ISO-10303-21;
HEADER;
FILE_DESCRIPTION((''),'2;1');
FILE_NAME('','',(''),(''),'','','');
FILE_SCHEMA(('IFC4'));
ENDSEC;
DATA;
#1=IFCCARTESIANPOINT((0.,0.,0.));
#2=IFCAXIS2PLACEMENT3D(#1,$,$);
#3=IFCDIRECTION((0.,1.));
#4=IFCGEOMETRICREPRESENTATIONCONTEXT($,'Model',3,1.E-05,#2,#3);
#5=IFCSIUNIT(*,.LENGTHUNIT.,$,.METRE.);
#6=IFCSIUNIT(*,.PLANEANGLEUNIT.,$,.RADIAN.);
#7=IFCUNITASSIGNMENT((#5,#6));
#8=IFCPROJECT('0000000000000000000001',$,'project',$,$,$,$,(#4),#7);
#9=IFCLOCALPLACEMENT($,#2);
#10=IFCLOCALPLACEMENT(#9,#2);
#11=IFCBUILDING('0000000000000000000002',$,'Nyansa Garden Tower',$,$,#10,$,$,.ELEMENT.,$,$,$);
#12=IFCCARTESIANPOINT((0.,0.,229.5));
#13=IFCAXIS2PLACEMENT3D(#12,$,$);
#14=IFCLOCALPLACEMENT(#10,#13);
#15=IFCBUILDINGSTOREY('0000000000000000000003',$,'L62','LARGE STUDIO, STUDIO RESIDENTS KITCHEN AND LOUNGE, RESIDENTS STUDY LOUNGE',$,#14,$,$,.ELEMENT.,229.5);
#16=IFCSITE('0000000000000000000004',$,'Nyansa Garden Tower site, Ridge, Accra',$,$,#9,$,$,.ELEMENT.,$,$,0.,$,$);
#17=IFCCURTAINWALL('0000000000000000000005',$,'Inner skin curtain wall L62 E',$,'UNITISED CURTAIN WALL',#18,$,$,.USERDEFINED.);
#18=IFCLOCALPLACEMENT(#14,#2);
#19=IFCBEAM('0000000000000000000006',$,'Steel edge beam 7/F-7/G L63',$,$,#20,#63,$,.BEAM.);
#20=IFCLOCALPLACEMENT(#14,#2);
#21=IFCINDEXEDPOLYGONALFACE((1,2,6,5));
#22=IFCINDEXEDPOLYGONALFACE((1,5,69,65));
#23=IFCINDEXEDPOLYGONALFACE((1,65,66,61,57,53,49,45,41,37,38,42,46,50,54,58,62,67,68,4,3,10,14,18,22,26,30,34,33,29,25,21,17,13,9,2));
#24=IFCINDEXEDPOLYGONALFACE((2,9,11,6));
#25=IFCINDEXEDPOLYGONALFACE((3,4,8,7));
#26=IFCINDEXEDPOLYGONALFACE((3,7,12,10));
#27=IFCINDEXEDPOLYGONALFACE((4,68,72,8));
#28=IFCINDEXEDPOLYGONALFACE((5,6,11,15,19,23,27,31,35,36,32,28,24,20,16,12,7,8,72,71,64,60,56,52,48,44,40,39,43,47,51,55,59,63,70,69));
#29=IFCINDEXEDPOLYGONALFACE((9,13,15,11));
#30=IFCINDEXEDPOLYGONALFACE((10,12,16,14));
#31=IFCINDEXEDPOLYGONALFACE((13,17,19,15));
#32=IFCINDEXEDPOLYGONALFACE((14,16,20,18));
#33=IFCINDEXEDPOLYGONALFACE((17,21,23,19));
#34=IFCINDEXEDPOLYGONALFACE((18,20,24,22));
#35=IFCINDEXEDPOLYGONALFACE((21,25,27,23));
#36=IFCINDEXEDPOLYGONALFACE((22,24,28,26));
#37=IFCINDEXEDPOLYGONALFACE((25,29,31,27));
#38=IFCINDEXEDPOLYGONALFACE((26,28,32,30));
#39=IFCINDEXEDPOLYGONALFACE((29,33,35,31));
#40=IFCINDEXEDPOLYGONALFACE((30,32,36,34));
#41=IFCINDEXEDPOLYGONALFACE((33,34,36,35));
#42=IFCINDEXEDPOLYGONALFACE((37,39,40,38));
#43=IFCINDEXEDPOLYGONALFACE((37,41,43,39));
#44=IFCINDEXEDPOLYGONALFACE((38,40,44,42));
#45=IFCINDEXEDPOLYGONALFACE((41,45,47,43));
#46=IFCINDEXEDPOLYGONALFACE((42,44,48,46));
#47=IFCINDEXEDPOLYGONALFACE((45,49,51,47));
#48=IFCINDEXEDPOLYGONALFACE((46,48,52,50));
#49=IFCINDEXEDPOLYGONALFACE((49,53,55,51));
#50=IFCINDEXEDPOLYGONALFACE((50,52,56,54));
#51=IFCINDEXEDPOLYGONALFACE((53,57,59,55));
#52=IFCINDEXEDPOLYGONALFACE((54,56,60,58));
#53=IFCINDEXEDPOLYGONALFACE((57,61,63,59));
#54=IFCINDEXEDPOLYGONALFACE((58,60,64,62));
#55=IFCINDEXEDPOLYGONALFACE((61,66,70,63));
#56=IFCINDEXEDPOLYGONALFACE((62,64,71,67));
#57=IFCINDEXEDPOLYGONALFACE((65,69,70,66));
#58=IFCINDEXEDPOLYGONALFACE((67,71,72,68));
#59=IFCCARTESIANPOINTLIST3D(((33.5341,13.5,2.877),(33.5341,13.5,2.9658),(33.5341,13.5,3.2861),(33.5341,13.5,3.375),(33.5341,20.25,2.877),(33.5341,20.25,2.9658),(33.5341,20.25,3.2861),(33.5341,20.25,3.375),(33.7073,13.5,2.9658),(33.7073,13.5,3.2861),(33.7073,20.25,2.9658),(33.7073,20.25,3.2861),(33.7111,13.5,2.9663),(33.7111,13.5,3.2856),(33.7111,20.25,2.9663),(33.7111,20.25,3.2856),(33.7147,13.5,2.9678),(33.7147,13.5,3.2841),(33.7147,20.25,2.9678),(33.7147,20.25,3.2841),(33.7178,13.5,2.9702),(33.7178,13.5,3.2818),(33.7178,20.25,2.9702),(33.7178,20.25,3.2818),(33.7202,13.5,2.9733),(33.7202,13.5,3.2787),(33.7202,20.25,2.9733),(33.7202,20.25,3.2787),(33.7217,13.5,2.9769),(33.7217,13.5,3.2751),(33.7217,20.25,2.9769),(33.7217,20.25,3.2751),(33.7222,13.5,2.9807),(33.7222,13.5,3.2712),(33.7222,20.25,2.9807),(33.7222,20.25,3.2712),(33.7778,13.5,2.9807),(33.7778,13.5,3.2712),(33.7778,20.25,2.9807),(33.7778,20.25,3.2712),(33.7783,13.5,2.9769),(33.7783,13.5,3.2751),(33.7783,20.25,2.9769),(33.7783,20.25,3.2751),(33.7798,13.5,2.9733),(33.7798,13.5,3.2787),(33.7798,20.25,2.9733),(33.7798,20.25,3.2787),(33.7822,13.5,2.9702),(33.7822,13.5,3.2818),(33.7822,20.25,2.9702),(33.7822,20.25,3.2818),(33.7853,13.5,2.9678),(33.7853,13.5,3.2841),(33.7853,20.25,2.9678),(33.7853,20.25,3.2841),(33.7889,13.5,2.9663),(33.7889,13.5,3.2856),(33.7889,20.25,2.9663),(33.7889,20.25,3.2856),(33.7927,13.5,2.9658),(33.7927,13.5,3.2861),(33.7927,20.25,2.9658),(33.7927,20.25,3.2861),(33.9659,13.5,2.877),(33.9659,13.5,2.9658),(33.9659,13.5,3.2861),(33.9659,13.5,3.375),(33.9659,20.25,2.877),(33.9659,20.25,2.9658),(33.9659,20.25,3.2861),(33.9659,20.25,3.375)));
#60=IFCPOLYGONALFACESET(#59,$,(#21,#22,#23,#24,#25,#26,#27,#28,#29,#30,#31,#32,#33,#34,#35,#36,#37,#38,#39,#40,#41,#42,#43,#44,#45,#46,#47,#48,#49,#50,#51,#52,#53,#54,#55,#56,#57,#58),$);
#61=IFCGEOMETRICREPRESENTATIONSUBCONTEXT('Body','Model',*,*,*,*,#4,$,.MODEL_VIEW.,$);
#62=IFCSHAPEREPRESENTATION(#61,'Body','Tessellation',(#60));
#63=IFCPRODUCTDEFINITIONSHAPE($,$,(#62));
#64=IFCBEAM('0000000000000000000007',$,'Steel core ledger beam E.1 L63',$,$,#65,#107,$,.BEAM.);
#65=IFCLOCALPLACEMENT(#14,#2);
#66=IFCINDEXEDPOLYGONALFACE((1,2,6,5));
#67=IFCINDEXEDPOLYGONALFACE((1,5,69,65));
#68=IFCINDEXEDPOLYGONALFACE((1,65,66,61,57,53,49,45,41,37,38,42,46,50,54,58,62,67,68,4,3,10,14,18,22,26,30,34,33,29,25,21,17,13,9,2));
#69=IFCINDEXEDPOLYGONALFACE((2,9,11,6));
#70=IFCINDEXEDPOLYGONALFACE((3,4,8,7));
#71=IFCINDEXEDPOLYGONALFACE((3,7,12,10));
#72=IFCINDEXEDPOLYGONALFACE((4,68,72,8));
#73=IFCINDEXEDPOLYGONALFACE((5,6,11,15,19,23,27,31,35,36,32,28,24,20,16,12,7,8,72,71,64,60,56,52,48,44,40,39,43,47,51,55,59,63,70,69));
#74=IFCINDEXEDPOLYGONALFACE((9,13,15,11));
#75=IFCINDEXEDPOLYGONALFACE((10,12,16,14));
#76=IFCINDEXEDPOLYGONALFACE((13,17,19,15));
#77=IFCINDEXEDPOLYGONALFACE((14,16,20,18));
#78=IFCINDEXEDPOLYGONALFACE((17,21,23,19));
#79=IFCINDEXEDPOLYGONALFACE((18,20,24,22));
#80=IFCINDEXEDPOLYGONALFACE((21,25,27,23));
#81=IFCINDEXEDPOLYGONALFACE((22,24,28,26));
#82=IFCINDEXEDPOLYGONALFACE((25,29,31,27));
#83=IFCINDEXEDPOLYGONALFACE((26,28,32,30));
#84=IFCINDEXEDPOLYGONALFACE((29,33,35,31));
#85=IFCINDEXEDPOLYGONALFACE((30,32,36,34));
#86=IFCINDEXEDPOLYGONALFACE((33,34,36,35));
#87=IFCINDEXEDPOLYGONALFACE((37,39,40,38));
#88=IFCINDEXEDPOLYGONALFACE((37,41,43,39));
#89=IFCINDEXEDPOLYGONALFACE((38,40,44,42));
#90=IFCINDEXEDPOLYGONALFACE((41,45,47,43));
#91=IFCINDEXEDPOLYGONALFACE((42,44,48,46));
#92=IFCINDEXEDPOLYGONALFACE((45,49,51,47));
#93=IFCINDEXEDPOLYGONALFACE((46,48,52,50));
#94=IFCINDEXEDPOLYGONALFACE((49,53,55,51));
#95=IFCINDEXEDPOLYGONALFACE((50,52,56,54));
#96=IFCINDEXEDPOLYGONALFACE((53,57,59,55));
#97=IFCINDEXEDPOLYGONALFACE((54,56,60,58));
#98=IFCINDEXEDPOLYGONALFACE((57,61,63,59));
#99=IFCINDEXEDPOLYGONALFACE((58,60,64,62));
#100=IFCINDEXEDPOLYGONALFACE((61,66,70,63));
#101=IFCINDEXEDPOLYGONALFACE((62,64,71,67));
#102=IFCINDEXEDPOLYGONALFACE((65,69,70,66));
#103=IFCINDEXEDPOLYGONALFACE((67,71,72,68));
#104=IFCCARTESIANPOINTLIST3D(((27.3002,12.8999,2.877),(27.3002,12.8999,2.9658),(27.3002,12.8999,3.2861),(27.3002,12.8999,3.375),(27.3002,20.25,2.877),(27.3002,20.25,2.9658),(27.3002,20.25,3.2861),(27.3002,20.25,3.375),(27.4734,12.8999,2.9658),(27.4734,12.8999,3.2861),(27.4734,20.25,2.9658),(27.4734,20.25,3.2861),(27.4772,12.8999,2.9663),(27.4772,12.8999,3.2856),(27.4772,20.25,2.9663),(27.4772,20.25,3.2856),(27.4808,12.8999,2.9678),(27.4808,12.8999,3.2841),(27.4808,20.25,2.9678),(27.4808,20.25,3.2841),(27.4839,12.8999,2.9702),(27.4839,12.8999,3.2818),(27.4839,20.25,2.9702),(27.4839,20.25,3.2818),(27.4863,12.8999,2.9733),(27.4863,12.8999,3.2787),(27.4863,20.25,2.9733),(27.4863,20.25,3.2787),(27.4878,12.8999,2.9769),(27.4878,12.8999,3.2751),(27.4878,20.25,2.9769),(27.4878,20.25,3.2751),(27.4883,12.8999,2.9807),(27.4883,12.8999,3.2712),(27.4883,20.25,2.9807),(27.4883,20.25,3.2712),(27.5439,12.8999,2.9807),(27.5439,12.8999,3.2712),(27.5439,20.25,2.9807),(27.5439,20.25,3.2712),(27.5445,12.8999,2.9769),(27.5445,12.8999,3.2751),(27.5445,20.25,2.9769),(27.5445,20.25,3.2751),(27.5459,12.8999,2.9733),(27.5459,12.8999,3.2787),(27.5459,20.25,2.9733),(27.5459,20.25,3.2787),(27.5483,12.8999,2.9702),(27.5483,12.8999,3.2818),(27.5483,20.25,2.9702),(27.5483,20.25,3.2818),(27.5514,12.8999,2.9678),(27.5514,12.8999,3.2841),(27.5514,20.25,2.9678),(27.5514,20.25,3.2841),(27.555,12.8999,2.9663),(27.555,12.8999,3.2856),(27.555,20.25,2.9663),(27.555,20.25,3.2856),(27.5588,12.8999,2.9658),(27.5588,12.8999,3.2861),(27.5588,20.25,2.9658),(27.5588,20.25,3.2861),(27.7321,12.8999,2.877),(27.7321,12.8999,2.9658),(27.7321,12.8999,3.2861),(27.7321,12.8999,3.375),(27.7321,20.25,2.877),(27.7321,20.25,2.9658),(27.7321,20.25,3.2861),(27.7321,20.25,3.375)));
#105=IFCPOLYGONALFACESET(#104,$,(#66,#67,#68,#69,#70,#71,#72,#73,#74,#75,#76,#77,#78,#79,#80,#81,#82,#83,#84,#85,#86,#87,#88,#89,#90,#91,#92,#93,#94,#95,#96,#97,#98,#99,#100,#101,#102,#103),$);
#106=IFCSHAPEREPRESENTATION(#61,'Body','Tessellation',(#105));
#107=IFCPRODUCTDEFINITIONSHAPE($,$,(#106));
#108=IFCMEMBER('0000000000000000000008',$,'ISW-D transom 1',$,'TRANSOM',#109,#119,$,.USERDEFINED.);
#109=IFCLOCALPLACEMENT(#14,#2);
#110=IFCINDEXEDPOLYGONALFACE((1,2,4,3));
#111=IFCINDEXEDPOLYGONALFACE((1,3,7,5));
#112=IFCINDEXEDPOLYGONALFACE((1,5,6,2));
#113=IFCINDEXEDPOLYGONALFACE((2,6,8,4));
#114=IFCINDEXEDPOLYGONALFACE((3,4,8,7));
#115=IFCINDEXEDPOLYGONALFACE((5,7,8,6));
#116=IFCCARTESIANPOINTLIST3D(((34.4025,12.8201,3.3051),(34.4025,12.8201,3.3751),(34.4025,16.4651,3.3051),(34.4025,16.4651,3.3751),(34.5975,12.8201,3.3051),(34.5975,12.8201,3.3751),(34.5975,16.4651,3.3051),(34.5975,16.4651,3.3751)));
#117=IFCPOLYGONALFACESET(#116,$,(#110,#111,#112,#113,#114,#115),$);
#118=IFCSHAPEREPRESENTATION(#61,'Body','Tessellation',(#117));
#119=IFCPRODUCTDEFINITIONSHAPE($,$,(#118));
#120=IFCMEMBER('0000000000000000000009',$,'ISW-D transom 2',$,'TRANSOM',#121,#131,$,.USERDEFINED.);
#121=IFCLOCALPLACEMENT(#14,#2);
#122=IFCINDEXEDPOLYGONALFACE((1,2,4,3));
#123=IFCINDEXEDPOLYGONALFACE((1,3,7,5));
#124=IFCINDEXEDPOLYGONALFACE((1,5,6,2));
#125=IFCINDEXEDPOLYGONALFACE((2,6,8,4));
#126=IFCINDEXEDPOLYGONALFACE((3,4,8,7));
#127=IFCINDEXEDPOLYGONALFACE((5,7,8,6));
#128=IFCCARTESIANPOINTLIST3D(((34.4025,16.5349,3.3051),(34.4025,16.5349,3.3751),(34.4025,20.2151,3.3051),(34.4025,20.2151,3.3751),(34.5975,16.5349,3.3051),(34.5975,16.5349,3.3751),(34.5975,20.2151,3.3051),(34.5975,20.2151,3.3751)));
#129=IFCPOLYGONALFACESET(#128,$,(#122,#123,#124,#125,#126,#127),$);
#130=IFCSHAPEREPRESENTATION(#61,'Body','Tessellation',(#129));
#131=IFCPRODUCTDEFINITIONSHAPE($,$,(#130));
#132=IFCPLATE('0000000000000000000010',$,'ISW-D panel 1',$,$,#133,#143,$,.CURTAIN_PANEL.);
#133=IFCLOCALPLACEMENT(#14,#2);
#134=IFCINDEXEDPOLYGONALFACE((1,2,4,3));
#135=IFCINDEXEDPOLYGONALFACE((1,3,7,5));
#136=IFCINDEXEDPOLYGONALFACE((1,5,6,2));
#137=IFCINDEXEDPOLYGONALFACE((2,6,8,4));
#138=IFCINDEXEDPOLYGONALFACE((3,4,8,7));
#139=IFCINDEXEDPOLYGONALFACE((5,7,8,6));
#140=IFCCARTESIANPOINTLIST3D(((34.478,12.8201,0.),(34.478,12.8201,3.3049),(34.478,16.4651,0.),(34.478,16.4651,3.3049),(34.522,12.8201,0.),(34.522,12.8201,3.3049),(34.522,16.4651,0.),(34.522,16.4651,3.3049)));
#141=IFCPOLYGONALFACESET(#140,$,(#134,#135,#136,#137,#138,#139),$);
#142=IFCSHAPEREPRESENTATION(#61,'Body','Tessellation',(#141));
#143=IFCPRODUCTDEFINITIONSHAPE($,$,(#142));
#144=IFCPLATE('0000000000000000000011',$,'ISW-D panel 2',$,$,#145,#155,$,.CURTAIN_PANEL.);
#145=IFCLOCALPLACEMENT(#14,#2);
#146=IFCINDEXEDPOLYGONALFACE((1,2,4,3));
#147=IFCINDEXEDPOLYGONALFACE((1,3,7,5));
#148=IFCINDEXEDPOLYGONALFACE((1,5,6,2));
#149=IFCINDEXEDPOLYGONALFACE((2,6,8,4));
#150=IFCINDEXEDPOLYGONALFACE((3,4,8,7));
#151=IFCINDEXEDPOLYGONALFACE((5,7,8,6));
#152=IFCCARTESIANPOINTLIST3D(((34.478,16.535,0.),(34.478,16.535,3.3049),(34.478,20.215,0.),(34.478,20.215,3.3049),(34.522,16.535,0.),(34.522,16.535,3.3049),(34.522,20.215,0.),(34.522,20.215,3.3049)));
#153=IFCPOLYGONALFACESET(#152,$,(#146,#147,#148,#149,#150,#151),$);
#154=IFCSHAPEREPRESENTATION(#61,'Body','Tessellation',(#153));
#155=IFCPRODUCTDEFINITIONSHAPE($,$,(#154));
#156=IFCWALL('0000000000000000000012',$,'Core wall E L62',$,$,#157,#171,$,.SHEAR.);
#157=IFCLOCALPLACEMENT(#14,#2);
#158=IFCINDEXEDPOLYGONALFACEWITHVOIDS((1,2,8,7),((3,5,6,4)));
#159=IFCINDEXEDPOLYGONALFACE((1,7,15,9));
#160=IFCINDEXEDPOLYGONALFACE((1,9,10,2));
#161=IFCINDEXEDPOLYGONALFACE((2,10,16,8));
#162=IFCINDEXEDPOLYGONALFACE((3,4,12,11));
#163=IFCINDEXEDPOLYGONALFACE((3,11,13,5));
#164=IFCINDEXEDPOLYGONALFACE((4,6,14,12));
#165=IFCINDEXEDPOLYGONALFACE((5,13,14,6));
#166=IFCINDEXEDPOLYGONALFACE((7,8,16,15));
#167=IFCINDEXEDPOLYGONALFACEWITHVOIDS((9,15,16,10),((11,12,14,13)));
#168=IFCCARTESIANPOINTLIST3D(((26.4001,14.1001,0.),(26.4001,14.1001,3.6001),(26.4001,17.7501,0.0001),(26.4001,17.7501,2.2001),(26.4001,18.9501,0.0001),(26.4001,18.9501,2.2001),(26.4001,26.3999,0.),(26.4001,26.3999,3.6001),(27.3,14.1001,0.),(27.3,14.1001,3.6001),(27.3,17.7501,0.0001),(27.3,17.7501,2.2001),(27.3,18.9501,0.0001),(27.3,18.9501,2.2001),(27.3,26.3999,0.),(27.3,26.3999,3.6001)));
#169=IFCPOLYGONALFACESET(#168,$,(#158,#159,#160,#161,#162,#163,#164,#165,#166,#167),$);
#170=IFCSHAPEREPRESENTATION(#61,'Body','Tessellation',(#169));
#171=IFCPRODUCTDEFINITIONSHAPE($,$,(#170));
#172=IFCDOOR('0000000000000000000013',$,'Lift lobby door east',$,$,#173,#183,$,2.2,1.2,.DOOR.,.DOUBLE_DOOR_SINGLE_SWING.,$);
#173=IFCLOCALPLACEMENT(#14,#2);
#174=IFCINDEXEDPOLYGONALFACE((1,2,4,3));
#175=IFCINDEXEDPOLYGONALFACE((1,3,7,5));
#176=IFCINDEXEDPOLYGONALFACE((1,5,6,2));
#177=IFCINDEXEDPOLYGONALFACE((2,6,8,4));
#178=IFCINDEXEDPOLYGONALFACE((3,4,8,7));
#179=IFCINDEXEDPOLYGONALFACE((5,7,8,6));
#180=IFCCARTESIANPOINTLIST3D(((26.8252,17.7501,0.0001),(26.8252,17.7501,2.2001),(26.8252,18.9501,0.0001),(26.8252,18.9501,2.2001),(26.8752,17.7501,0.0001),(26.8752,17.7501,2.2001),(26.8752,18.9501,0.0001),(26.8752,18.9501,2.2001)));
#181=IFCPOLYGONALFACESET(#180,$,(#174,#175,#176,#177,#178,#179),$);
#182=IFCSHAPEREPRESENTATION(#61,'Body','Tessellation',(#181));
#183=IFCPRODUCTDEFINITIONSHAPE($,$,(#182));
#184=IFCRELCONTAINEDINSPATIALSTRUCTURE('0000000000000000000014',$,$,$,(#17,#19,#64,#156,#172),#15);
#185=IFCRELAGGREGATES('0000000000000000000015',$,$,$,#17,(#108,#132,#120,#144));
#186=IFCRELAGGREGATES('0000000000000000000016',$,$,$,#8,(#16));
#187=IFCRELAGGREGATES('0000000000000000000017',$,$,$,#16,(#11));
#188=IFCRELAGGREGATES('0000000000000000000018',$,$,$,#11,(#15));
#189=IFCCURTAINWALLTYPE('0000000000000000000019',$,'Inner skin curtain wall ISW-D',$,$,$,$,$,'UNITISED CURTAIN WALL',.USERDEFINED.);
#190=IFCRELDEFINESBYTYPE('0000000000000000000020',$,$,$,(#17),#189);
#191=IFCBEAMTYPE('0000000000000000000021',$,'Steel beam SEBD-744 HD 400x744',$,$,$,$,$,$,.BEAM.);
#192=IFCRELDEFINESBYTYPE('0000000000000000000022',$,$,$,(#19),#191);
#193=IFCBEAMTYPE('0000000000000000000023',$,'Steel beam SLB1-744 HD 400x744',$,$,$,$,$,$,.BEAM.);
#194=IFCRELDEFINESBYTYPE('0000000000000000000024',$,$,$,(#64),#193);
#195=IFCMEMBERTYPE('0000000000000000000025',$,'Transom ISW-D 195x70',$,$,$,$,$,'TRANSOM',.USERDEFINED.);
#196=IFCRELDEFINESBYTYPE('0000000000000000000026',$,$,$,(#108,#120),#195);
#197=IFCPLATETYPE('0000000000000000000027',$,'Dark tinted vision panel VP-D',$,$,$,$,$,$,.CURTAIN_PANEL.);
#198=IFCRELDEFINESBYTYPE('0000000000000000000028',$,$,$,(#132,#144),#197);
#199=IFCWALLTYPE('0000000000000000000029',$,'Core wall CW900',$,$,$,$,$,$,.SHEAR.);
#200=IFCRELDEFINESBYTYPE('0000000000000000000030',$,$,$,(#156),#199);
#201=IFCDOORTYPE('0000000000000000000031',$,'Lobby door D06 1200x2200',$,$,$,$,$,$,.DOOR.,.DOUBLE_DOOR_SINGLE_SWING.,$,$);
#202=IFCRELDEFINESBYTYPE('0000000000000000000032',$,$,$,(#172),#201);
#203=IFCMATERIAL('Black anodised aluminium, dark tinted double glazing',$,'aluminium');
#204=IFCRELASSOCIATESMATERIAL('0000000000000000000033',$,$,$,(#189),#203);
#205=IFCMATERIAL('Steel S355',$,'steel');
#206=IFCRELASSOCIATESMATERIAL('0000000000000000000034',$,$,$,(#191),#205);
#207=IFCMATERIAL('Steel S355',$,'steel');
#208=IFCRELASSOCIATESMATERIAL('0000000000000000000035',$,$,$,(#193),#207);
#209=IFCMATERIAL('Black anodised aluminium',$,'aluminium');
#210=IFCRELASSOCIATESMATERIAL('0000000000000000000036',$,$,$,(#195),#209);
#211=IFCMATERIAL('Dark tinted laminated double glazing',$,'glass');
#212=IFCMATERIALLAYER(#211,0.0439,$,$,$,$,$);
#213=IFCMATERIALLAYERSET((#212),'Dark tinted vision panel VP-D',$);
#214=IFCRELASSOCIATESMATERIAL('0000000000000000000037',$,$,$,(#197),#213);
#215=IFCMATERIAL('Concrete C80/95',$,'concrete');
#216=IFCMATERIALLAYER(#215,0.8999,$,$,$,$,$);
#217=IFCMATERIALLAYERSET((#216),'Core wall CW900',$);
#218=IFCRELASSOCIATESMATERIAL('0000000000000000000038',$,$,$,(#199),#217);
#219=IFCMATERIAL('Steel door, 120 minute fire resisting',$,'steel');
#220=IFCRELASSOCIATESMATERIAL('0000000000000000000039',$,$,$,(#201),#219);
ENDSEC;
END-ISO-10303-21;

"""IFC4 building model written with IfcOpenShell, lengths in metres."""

from ifc_helpers import new_model, si_unit, direction, frame, frame_2d, origin, origin_2d, place, context, subcontext, project, spatial, rectangle, i_section, extrude, material, layer, layer_set, material_profile, profile_set, type_object, element, fill, aggregate, save


model = new_model("IFC4")

# Units and contexts
model_context = context("Model", 3, precision=1e-05, world=origin(), true_north=direction((0.0, 1.0)))
body_context = subcontext(model_context, "Body", "Model", "MODEL_VIEW")
ifc_project = project(units=[si_unit("LENGTHUNIT", "METRE"), si_unit("PLANEANGLEUNIT", "RADIAN")], contexts=[model_context])

# Site, building, storey
site_placement = place(None, origin())
site = spatial("IfcSite", under=ifc_project, at=site_placement, Name="Nyansa Garden Tower site, Ridge, Accra", CompositionType="ELEMENT", RefElevation=0.0)
building_placement = place(site_placement, origin())
building = spatial("IfcBuilding", under=site, at=building_placement, Name="Nyansa Garden Tower", CompositionType="ELEMENT")
storey_placement = place(building_placement, frame((0.0, 0.0, 229.5)))
storey = spatial("IfcBuildingStorey", under=building, at=storey_placement, Name="L62", Description="LARGE STUDIO, STUDIO RESIDENTS KITCHEN AND LOUNGE, RESIDENTS STUDY LOUNGE", CompositionType="ELEMENT", Elevation=229.5)

# Curtain wall
ifc_material_1 = material(Name="Black anodised aluminium, dark tinted double glazing", Category="aluminium")
curtain_wall_type = type_object("IfcCurtainWallType", Name="Inner skin curtain wall ISW-D", ElementType="UNITISED CURTAIN WALL", PredefinedType="USERDEFINED", material=ifc_material_1)
curtain_wall_placement = place(storey_placement, origin())
curtain_wall = element("IfcCurtainWall", 1, at=curtain_wall_placement, inside=storey, type_object=curtain_wall_type, Name="Inner skin curtain wall L62 E", ObjectType="UNITISED CURTAIN WALL", PredefinedType="USERDEFINED")

# Beams
ifc_material_2 = material(Name="Steel S355", Category="steel")
ifc_material_profile_1 = material_profile(ifc_material_2, i_section(OverallWidth=0.4319, OverallDepth=0.498, WebThickness=0.0557, FlangeThickness=0.0889, FilletRadius=0.0149, at=origin_2d()), Name="HD 400x744")
ifc_profile_set_1 = profile_set([ifc_material_profile_1], Name="Steel S355")
beam_type_1 = type_object("IfcBeamType", Name="Steel beam SEBD-744 HD 400x744", PredefinedType="BEAM", material=ifc_profile_set_1)
beam_1_placement = place(storey_placement, frame((33.75, 13.5, 3.126), z_axis=(0.0, 1.0, 0.0), x_axis=(-1.0, 0.0, 0.0)))
element("IfcBeam", 2, at=beam_1_placement, inside=storey, type_object=beam_type_1, Name="Steel edge beam 7/F-7/G L63", PredefinedType="BEAM", context=body_context, shape_type="SweptSolid", body=[
    extrude(i_section(OverallWidth=0.4319, OverallDepth=0.498, WebThickness=0.0557, FlangeThickness=0.0889, FilletRadius=0.0149, at=origin_2d()), origin(), (0.0, 0.0, 1.0), 6.75),
])
ifc_material_3 = material(Name="Steel S355", Category="steel")
ifc_material_profile_2 = material_profile(ifc_material_3, i_section(OverallWidth=0.4319, OverallDepth=0.498, WebThickness=0.0557, FlangeThickness=0.0889, FilletRadius=0.0149, at=origin_2d()), Name="HD 400x744")
ifc_profile_set_2 = profile_set([ifc_material_profile_2], Name="Steel S355")
beam_type_2 = type_object("IfcBeamType", Name="Steel beam SLB1-744 HD 400x744", PredefinedType="BEAM", material=ifc_profile_set_2)
beam_2_placement = place(storey_placement, frame((27.5161, 12.8999, 3.126), z_axis=(0.0, 1.0, 0.0), x_axis=(-1.0, 0.0, 0.0)))
element("IfcBeam", 3, at=beam_2_placement, inside=storey, type_object=beam_type_2, Name="Steel core ledger beam E.1 L63", PredefinedType="BEAM", context=body_context, shape_type="SweptSolid", body=[
    extrude(i_section(OverallWidth=0.4319, OverallDepth=0.498, WebThickness=0.0557, FlangeThickness=0.0889, FilletRadius=0.0149, at=origin_2d()), origin(), (0.0, 0.0, 1.0), 7.3501),
])

# Members
ifc_material_4 = material(Name="Black anodised aluminium", Category="aluminium")
ifc_material_profile_3 = material_profile(ifc_material_4, rectangle(XDim=0.1951, YDim=0.0701, at=origin_2d()), Name="Transom 195x70")
ifc_profile_set_3 = profile_set([ifc_material_profile_3], Name="Black anodised aluminium")
member_type_1 = type_object("IfcMemberType", Name="Transom ISW-D 195x70", ElementType="TRANSOM", PredefinedType="USERDEFINED", material=ifc_profile_set_3)
member_1_placement = place(storey_placement, frame((34.5, 12.8201, 3.3401), z_axis=(0.0, 1.0, 0.0), x_axis=(-1.0, 0.0, 0.0)))
member_1 = element("IfcMember", 4, at=member_1_placement, type_object=member_type_1, Name="ISW-D transom 1", ObjectType="TRANSOM", PredefinedType="USERDEFINED", context=body_context, shape_type="SweptSolid", body=[
    extrude(rectangle(XDim=0.1951, YDim=0.0701, at=origin_2d()), origin(), (0.0, 0.0, 1.0), 3.645),
])
member_2_placement = place(storey_placement, frame((34.5, 16.5349, 3.3401), z_axis=(0.0, 1.0, 0.0), x_axis=(-1.0, 0.0, 0.0)))
member_2 = element("IfcMember", 5, at=member_2_placement, type_object=member_type_1, Name="ISW-D transom 2", ObjectType="TRANSOM", PredefinedType="USERDEFINED", context=body_context, shape_type="SweptSolid", body=[
    extrude(rectangle(XDim=0.1951, YDim=0.0701, at=origin_2d()), origin(), (0.0, 0.0, 1.0), 3.6802),
])

# Plates
ifc_material_5 = material(Name="Dark tinted laminated double glazing", Category="glass")
ifc_layer_1 = layer(ifc_material_5, 0.0439)
ifc_layer_set_1 = layer_set([ifc_layer_1], Name="Dark tinted vision panel VP-D")
plate_type = type_object("IfcPlateType", Name="Dark tinted vision panel VP-D", PredefinedType="CURTAIN_PANEL", material=ifc_layer_set_1)
plate_1_placement = place(storey_placement, frame((34.5, 14.6426, 0.0), z_axis=(0.0, 0.0, 1.0), x_axis=(0.0, 1.0, 0.0)))
plate_1 = element("IfcPlate", 6, at=plate_1_placement, type_object=plate_type, Name="ISW-D panel 1", PredefinedType="CURTAIN_PANEL", context=body_context, shape_type="SweptSolid", body=[
    extrude(rectangle(XDim=3.645, YDim=0.0439, at=origin_2d()), origin(), (0.0, 0.0, 1.0), 3.3049),
])
plate_2_placement = place(storey_placement, frame((34.5, 18.375, 0.0), z_axis=(0.0, 0.0, 1.0), x_axis=(0.0, 1.0, 0.0)))
plate_2 = element("IfcPlate", 7, at=plate_2_placement, type_object=plate_type, Name="ISW-D panel 2", PredefinedType="CURTAIN_PANEL", context=body_context, shape_type="SweptSolid", body=[
    extrude(rectangle(XDim=3.6799, YDim=0.0439, at=origin_2d()), origin(), (0.0, 0.0, 1.0), 3.3049),
])
aggregate(curtain_wall, [member_1, plate_1, member_2, plate_2])

# Wall, opening, door
ifc_material_6 = material(Name="Concrete C80/95", Category="concrete")
ifc_layer_2 = layer(ifc_material_6, 0.8999)
ifc_layer_set_2 = layer_set([ifc_layer_2], Name="Core wall CW900")
wall_type_1 = type_object("IfcWallType", Name="Core wall CW900", PredefinedType="SHEAR", material=ifc_layer_set_2)
wall_1_placement = place(storey_placement, frame((26.8501, 14.1001, 0.0), z_axis=(0.0, 0.0, 1.0), x_axis=(0.0, 1.0, 0.0)))
wall_1 = element("IfcWall", 8, at=wall_1_placement, inside=storey, type_object=wall_type_1, Name="Core wall E L62", PredefinedType="SHEAR", context=body_context, shape_type="SweptSolid", body=[
    extrude(rectangle(XDim=12.2998, YDim=0.8999, at=frame_2d((6.1499, 0.0))), origin(), (0.0, 0.0, 1.0), 3.6001),
])
opening_placement = place(wall_1_placement, frame((3.6499, 0.0, 0.0)))
opening = element("IfcOpeningElement", 9, at=opening_placement, cuts=wall_1, PredefinedType="OPENING", context=body_context, shape_type="SweptSolid", body=[
    extrude(rectangle(XDim=1.2, YDim=2.2, at=frame_2d((0.6001, 1.1001))), frame((0.0, 0.46, 0.0), z_axis=(0.0, -1.0, 0.0), x_axis=(1.0, 0.0, 0.0)), (0.0, 0.0, 1.0), 0.9199),
])
ifc_material_7 = material(Name="Steel door, 120 minute fire resisting", Category="steel")
door_type = type_object("IfcDoorType", Name="Lobby door D06 1200x2200", OperationType="DOUBLE_DOOR_SINGLE_SWING", PredefinedType="DOOR", material=ifc_material_7)
door_placement = place(opening_placement, origin())
door = element("IfcDoor", 10, at=door_placement, inside=storey, type_object=door_type, Name="Lift lobby door east", OperationType="DOUBLE_DOOR_SINGLE_SWING", OverallHeight=2.2, OverallWidth=1.2, PredefinedType="DOOR", context=body_context, shape_type="SweptSolid", body=[
    extrude(rectangle(XDim=1.2, YDim=2.2, at=frame_2d((0.6001, 1.1001))), frame((0.0, 0.0249, 0.0), z_axis=(0.0, -1.0, 0.0), x_axis=(1.0, 0.0, 0.0)), (0.0, 0.0, 1.0), 0.05),
])
fill(opening, door)

save(model, "model.ifc")
